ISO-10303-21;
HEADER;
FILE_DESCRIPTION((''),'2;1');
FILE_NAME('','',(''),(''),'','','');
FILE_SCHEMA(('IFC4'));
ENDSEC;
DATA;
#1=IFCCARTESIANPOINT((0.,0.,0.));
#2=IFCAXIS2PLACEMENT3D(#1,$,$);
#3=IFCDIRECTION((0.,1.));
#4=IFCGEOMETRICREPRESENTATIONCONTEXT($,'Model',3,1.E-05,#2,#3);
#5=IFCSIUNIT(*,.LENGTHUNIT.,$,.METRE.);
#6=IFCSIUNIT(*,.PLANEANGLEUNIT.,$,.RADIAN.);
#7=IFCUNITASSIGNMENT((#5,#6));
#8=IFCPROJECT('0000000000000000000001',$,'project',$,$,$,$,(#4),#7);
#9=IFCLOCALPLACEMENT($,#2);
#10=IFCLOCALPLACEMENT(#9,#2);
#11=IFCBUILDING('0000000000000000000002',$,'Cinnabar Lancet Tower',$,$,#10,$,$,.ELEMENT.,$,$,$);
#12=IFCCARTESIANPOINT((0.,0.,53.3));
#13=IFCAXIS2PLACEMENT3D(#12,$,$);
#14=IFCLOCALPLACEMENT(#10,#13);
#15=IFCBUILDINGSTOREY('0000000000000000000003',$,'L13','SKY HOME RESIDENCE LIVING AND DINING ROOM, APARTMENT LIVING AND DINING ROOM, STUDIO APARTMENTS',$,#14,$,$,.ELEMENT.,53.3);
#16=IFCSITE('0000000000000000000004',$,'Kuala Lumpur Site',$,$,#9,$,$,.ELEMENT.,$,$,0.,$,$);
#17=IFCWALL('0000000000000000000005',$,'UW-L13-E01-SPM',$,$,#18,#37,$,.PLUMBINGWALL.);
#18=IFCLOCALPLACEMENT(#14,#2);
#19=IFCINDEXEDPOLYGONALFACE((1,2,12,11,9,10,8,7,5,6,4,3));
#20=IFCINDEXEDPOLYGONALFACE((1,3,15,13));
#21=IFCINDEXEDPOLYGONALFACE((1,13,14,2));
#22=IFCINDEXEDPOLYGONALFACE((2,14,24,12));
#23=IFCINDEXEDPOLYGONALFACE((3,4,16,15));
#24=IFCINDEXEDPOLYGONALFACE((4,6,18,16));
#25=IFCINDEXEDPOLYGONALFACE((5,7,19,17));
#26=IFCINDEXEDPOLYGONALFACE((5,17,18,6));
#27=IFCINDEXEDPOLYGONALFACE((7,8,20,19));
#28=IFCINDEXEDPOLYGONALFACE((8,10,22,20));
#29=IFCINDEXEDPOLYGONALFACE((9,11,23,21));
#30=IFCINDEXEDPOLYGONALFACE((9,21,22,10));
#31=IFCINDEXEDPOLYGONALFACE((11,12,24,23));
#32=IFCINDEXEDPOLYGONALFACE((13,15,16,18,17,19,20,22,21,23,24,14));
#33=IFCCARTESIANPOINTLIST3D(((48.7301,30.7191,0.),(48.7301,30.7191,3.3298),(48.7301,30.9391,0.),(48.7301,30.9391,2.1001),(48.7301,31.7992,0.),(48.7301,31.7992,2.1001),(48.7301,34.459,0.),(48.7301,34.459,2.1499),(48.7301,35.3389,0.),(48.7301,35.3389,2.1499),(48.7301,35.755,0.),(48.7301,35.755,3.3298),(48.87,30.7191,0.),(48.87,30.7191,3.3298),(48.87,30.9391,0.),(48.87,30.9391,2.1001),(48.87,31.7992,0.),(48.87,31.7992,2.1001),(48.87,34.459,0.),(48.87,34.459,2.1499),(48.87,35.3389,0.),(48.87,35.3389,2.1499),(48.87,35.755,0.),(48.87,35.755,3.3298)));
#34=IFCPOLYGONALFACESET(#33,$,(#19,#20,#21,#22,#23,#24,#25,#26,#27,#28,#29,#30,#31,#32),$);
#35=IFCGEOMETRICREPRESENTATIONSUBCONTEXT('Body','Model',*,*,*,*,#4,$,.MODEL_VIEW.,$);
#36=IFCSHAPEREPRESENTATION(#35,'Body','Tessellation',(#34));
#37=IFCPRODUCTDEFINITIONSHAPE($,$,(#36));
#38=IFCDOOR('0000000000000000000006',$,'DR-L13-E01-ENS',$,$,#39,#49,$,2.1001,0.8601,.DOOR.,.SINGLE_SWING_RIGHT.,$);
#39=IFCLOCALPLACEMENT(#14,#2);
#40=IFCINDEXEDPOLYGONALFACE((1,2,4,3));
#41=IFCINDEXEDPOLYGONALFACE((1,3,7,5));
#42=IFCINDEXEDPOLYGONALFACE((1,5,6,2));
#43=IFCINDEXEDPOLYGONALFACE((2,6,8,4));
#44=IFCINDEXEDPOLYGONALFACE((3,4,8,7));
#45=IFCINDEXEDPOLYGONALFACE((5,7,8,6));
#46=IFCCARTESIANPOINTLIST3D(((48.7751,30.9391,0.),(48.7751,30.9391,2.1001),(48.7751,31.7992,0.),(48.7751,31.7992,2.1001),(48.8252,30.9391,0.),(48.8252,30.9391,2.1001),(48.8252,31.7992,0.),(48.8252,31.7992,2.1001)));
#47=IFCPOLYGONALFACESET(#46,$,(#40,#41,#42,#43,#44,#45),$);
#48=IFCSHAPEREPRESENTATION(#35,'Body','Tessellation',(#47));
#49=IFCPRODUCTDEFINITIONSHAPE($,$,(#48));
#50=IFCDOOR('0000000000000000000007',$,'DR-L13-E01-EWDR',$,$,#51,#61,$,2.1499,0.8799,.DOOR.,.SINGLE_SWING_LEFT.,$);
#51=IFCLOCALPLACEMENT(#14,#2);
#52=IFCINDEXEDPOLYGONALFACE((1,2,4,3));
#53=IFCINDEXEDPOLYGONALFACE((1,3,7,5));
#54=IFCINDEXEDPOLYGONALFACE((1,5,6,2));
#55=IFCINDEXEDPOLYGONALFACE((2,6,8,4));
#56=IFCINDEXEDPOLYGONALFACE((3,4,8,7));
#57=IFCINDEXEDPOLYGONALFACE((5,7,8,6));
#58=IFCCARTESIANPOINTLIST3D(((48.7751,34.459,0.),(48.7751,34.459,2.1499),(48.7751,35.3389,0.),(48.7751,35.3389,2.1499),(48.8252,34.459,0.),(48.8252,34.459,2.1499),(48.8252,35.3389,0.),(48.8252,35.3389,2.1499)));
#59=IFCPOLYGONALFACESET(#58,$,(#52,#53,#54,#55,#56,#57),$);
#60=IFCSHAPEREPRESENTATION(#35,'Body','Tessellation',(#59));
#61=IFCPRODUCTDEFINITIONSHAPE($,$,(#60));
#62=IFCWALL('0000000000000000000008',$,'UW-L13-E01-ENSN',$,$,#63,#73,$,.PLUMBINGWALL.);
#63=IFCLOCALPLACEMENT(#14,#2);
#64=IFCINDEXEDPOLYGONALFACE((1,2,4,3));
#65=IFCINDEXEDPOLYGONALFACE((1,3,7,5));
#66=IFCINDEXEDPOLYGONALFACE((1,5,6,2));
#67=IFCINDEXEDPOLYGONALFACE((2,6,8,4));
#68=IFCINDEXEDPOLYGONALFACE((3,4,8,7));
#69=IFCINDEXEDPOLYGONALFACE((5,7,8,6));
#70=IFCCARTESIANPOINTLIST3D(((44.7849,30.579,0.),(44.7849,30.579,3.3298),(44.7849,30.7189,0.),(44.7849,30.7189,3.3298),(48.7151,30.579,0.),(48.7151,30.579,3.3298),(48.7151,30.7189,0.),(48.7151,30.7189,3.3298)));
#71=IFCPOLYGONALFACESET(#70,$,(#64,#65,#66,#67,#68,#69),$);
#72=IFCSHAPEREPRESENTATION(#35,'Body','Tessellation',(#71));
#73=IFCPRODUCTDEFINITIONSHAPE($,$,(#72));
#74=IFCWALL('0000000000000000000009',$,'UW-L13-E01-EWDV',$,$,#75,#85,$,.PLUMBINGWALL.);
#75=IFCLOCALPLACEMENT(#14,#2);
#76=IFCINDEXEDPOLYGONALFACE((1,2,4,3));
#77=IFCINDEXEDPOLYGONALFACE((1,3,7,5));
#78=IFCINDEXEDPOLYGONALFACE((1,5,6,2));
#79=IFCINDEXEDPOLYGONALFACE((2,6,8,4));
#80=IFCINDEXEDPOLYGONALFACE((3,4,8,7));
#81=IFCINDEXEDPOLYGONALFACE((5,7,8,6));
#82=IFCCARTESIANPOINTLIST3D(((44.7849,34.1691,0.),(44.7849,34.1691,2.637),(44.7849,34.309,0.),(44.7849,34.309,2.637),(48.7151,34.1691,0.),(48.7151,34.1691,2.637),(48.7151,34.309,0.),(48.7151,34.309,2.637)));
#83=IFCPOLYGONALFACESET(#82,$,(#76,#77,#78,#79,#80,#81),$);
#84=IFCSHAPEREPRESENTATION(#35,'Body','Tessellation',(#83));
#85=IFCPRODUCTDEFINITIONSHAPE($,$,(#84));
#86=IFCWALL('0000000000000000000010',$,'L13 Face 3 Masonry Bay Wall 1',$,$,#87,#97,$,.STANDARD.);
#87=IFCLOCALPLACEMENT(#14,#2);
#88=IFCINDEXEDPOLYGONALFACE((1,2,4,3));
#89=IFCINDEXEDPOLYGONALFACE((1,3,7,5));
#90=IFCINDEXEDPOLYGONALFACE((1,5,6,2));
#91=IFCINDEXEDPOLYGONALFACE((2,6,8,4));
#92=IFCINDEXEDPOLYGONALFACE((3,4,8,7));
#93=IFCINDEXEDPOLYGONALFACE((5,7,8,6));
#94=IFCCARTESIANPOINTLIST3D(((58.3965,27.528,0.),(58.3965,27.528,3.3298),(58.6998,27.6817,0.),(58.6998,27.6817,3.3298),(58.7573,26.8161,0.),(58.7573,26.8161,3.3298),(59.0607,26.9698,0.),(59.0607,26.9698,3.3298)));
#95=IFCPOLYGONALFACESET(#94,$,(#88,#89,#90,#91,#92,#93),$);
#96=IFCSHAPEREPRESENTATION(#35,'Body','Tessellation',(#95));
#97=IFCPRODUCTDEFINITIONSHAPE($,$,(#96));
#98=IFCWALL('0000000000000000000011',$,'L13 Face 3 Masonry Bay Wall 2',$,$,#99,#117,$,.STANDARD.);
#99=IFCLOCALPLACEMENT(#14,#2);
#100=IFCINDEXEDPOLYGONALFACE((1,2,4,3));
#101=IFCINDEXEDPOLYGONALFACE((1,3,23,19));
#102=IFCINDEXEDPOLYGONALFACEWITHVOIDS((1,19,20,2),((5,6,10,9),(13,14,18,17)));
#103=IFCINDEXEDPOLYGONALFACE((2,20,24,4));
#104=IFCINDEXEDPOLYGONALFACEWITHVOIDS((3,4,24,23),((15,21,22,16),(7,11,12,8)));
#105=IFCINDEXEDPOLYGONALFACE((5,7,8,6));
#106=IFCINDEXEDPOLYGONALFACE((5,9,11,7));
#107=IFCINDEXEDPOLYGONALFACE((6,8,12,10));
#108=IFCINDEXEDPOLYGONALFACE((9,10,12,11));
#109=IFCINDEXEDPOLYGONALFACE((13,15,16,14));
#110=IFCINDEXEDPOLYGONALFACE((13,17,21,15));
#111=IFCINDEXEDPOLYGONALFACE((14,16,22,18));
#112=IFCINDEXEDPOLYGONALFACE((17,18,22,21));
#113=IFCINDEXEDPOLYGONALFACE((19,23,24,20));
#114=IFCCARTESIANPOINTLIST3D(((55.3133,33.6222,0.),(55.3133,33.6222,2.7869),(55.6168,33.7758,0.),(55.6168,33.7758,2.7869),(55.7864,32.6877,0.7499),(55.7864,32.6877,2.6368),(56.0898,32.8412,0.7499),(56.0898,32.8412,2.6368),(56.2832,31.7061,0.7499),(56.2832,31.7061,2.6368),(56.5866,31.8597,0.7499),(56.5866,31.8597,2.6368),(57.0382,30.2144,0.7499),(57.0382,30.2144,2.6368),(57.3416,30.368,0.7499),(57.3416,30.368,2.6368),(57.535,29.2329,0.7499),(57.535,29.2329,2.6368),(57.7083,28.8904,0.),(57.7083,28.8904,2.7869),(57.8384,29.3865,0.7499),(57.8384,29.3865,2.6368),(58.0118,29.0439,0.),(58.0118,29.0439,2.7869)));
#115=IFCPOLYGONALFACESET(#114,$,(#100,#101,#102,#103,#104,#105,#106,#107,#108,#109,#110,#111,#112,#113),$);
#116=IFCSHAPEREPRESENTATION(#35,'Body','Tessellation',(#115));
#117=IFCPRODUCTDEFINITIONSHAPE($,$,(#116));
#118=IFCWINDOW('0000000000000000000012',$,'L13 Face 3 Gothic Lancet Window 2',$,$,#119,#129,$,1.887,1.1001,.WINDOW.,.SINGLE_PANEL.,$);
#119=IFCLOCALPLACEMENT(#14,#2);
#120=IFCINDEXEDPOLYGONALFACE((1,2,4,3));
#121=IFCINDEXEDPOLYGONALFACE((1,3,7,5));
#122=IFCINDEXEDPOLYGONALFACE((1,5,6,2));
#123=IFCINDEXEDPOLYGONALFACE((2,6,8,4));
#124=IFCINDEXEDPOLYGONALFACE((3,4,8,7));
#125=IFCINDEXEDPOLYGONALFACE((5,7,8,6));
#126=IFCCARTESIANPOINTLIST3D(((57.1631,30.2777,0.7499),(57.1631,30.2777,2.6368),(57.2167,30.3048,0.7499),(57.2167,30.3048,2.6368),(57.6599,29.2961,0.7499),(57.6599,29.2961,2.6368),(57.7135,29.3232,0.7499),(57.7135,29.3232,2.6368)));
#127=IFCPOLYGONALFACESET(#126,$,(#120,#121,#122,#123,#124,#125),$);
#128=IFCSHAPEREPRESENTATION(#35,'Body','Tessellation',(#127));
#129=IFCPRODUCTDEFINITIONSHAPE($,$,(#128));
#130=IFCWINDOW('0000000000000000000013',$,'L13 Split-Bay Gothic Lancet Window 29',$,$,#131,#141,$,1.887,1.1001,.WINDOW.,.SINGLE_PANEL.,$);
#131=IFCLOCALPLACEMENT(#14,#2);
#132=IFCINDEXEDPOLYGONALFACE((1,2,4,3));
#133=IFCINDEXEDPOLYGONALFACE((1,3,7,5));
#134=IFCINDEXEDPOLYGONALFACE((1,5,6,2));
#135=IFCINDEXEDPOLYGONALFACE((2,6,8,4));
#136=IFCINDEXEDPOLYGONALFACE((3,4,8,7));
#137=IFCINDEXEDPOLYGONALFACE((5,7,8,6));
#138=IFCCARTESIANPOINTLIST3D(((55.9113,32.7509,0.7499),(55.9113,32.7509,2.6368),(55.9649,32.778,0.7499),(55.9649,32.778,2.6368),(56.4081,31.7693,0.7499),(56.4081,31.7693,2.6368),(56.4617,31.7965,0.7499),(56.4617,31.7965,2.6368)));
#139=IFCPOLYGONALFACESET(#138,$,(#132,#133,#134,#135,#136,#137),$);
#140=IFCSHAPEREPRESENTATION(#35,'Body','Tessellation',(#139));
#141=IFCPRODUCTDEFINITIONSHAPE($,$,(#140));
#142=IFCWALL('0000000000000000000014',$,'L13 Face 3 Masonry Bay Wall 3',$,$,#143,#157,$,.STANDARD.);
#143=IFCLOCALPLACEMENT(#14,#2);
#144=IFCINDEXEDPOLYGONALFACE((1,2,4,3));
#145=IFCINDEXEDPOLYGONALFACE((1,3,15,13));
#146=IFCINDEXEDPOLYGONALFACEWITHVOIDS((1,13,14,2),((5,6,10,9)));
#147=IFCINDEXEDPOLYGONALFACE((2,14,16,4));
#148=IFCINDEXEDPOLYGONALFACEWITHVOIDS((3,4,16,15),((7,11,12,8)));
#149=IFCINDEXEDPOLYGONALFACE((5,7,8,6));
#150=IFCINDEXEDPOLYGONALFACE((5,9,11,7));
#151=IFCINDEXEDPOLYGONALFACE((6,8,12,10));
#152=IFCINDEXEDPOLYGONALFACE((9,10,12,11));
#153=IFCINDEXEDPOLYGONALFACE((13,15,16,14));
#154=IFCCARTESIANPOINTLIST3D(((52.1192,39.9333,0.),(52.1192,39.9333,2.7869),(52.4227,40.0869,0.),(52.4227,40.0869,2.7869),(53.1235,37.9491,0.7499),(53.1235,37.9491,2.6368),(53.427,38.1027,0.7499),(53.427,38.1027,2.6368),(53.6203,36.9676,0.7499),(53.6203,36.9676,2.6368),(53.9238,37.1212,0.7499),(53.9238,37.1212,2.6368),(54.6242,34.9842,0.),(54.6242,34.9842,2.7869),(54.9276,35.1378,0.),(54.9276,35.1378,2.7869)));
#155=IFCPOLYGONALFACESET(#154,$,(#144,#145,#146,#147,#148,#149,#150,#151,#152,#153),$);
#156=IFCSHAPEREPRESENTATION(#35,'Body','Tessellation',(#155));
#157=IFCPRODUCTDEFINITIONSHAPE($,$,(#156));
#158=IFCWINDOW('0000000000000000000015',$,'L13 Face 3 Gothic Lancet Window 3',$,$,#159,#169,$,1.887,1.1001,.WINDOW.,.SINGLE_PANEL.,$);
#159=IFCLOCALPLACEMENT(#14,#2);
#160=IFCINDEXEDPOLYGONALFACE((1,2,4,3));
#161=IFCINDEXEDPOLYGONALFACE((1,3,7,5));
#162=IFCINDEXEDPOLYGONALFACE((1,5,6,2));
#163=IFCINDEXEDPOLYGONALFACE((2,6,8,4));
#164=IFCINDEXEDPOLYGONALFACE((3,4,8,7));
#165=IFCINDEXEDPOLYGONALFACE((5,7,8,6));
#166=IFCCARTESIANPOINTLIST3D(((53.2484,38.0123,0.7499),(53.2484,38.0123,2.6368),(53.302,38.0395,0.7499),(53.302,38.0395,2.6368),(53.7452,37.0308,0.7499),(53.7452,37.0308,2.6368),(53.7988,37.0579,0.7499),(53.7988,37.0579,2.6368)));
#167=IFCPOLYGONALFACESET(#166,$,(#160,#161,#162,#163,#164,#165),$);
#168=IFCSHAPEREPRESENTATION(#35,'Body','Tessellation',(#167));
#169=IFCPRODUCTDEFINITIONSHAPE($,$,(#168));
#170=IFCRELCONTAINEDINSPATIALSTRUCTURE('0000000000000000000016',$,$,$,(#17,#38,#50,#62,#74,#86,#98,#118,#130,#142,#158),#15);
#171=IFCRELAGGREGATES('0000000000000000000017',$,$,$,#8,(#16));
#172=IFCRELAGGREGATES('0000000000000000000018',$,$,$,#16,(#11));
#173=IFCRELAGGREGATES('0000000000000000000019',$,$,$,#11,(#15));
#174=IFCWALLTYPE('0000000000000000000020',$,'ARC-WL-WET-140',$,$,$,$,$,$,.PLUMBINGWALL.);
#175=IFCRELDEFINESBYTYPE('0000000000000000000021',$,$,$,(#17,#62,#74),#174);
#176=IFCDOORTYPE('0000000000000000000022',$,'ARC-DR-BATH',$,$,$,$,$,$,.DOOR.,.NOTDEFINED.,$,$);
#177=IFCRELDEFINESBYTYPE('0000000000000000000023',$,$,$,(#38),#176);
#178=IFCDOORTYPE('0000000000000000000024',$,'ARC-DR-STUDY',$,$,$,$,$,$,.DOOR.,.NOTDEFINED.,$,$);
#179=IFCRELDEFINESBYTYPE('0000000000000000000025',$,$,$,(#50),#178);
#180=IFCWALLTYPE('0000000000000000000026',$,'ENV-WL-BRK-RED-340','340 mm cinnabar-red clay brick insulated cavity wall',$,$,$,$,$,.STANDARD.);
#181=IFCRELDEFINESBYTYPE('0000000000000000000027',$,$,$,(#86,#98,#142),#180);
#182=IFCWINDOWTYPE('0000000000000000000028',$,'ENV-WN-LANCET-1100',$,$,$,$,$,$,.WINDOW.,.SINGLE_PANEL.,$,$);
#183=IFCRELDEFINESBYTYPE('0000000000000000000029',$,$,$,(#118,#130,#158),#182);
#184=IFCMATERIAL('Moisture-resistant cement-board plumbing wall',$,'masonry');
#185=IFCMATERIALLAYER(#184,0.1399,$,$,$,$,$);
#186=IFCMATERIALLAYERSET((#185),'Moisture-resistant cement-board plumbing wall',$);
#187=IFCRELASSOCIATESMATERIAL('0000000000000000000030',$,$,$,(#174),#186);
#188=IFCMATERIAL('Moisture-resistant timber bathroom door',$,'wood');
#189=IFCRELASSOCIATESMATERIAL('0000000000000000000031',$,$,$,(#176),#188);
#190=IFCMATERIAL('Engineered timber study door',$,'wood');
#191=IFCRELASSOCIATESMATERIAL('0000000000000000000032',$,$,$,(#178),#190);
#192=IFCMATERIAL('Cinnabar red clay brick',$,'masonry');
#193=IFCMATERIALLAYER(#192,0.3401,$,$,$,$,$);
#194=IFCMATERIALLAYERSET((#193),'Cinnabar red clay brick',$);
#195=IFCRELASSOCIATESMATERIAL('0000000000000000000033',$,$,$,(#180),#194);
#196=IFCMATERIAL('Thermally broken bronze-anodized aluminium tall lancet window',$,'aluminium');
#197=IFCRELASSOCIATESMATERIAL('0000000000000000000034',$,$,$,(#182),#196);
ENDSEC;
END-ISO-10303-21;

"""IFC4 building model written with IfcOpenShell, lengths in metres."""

from ifc_helpers import new_model, si_unit, direction, frame, frame_2d, origin, place, context, subcontext, project, spatial, rectangle, extrude, material, layer, layer_set, type_object, element, fill, save


model = new_model("IFC4")

# Units and contexts
model_context = context("Model", 3, precision=1e-05, world=origin(), true_north=direction((0.0, 1.0)))
body_context = subcontext(model_context, "Body", "Model", "MODEL_VIEW")
ifc_project = project(units=[si_unit("LENGTHUNIT", "METRE"), si_unit("PLANEANGLEUNIT", "RADIAN")], contexts=[model_context])

# Site, building, storey
site_placement = place(None, origin())
site = spatial("IfcSite", under=ifc_project, at=site_placement, Name="Kuala Lumpur Site", CompositionType="ELEMENT", RefElevation=0.0)
building_placement = place(site_placement, origin())
building = spatial("IfcBuilding", under=site, at=building_placement, Name="Cinnabar Lancet Tower", CompositionType="ELEMENT")
storey_placement = place(building_placement, frame((0.0, 0.0, 53.3)))
storey = spatial("IfcBuildingStorey", under=building, at=storey_placement, Name="L13", Description="SKY HOME RESIDENCE LIVING AND DINING ROOM, APARTMENT LIVING AND DINING ROOM, STUDIO APARTMENTS", CompositionType="ELEMENT", Elevation=53.3)

# Wall, openings, doors
ifc_material_1 = material(Name="Moisture-resistant cement-board plumbing wall", Category="masonry")
ifc_layer_1 = layer(ifc_material_1, 0.1399)
ifc_layer_set_1 = layer_set([ifc_layer_1], Name="Moisture-resistant cement-board plumbing wall")
wall_type_1 = type_object("IfcWallType", Name="ARC-WL-WET-140", PredefinedType="PLUMBINGWALL", material=ifc_layer_set_1)
wall_1_placement = place(storey_placement, frame((48.8, 30.719, 0.0), z_axis=(0.0, 0.0, 1.0), x_axis=(0.0, 1.0, 0.0)))
wall_1 = element("IfcWall", 1, at=wall_1_placement, inside=storey, type_object=wall_type_1, Name="UW-L13-E01-SPM", PredefinedType="PLUMBINGWALL", context=body_context, shape_type="SweptSolid", body=[
    extrude(rectangle(XDim=5.0359, YDim=0.1399, at=frame_2d((2.5181, 0.0))), origin(), (0.0, 0.0, 1.0), 3.3298),
])
opening_1_placement = place(wall_1_placement, frame((0.22, 0.0, 0.0)))
opening_1 = element("IfcOpeningElement", 2, at=opening_1_placement, cuts=wall_1, PredefinedType="OPENING", context=body_context, shape_type="SweptSolid", body=[
    extrude(rectangle(XDim=0.8601, YDim=2.1001, at=frame_2d((0.4302, 1.05))), frame((0.0, 0.0798, 0.0), z_axis=(0.0, -1.0, 0.0), x_axis=(1.0, 0.0, 0.0)), (0.0, 0.0, 1.0), 0.1599),
])
opening_2_placement = place(wall_1_placement, frame((3.74, 0.0, 0.0)))
opening_2 = element("IfcOpeningElement", 3, at=opening_2_placement, cuts=wall_1, PredefinedType="OPENING", context=body_context, shape_type="SweptSolid", body=[
    extrude(rectangle(XDim=0.8799, YDim=2.1499, at=frame_2d((0.4399, 1.075))), frame((0.0, 0.0798, 0.0), z_axis=(0.0, -1.0, 0.0), x_axis=(1.0, 0.0, 0.0)), (0.0, 0.0, 1.0), 0.1599),
])
ifc_material_2 = material(Name="Moisture-resistant timber bathroom door", Category="wood")
door_type_1 = type_object("IfcDoorType", Name="ARC-DR-BATH", OperationType="NOTDEFINED", PredefinedType="DOOR", material=ifc_material_2)
door_1_placement = place(opening_1_placement, origin())
door_1 = element("IfcDoor", 4, at=door_1_placement, inside=storey, type_object=door_type_1, Name="DR-L13-E01-ENS", OperationType="SINGLE_SWING_RIGHT", OverallHeight=2.1001, OverallWidth=0.8601, PredefinedType="DOOR", context=body_context, shape_type="SweptSolid", body=[
    extrude(rectangle(XDim=0.8601, YDim=2.1001, at=frame_2d((0.4302, 1.05))), frame((0.0, 0.0249, 0.0), z_axis=(0.0, -1.0, 0.0), x_axis=(1.0, 0.0, 0.0)), (0.0, 0.0, 1.0), 0.05),
])
fill(opening_1, door_1)
ifc_material_3 = material(Name="Engineered timber study door", Category="wood")
door_type_2 = type_object("IfcDoorType", Name="ARC-DR-STUDY", OperationType="NOTDEFINED", PredefinedType="DOOR", material=ifc_material_3)
door_2_placement = place(opening_2_placement, origin())
door_2 = element("IfcDoor", 5, at=door_2_placement, inside=storey, type_object=door_type_2, Name="DR-L13-E01-EWDR", OperationType="SINGLE_SWING_LEFT", OverallHeight=2.1499, OverallWidth=0.8799, PredefinedType="DOOR", context=body_context, shape_type="SweptSolid", body=[
    extrude(rectangle(XDim=0.8799, YDim=2.1499, at=frame_2d((0.4399, 1.075))), frame((0.0, 0.0249, 0.0), z_axis=(0.0, -1.0, 0.0), x_axis=(1.0, 0.0, 0.0)), (0.0, 0.0, 1.0), 0.05),
])
fill(opening_2, door_2)

# Walls
wall_2_placement = place(storey_placement, frame((44.7849, 30.6489, 0.0), z_axis=(0.0, 0.0, 1.0), x_axis=(1.0, 0.0, 0.0)))
element("IfcWall", 6, at=wall_2_placement, inside=storey, type_object=wall_type_1, Name="UW-L13-E01-ENSN", PredefinedType="PLUMBINGWALL", context=body_context, shape_type="SweptSolid", body=[
    extrude(rectangle(XDim=3.9302, YDim=0.1399, at=frame_2d((1.9651, 0.0))), origin(), (0.0, 0.0, 1.0), 3.3298),
])
wall_3_placement = place(storey_placement, frame((44.7849, 34.239, 0.0), z_axis=(0.0, 0.0, 1.0), x_axis=(1.0, 0.0, 0.0)))
element("IfcWall", 7, at=wall_3_placement, inside=storey, type_object=wall_type_1, Name="UW-L13-E01-EWDV", PredefinedType="PLUMBINGWALL", context=body_context, shape_type="SweptSolid", body=[
    extrude(rectangle(XDim=3.9302, YDim=0.1399, at=frame_2d((1.9651, 0.0))), origin(), (0.0, 0.0, 1.0), 2.637),
])
ifc_material_4 = material(Name="Cinnabar red clay brick", Category="masonry")
ifc_layer_2 = layer(ifc_material_4, 0.3401)
ifc_layer_set_2 = layer_set([ifc_layer_2], Name="Cinnabar red clay brick")
wall_type_2 = type_object("IfcWallType", Name="ENV-WL-BRK-RED-340", Description="340 mm cinnabar-red clay brick insulated cavity wall", PredefinedType="STANDARD", material=ifc_layer_set_2)
wall_4_placement = place(storey_placement, frame((58.9089, 26.8931, 0.0), z_axis=(0.0, 0.0, 1.0), x_axis=(-0.452101, 0.891967, 0.0)))
element("IfcWall", 8, at=wall_4_placement, inside=storey, type_object=wall_type_2, Name="L13 Face 3 Masonry Bay Wall 1", PredefinedType="STANDARD", context=body_context, shape_type="SweptSolid", body=[
    extrude(rectangle(XDim=0.7981, YDim=0.3401, at=frame_2d((0.3989, 0.0))), origin(), (0.0, 0.0, 1.0), 3.3298),
])

# Wall, openings, windows
wall_5_placement = place(storey_placement, frame((57.8601, 28.967, 0.0), z_axis=(0.0, 0.0, 1.0), x_axis=(-0.451591, 0.892225, 0.0)))
wall_5 = element("IfcWall", 9, at=wall_5_placement, inside=storey, type_object=wall_type_2, Name="L13 Face 3 Masonry Bay Wall 2", PredefinedType="STANDARD", context=body_context, shape_type="SweptSolid", body=[
    extrude(rectangle(XDim=5.3035, YDim=0.3401, at=frame_2d((2.6519, 0.0))), origin(), (0.0, 0.0, 1.0), 2.7869),
])
opening_3_placement = place(wall_5_placement, frame((0.384, 0.0, 0.75)))
opening_3 = element("IfcOpeningElement", 10, at=opening_3_placement, cuts=wall_5, PredefinedType="OPENING", context=body_context, shape_type="SweptSolid", body=[
    extrude(rectangle(XDim=1.1001, YDim=1.887, at=frame_2d((0.55, 0.9434))), frame((0.0, 0.1799, 0.0), z_axis=(0.0, -1.0, 0.0), x_axis=(1.0, 0.0, 0.0)), (0.0, 0.0, 1.0), 0.3601),
])
opening_4_placement = place(wall_5_placement, frame((3.156, 0.0, 0.75)))
opening_4 = element("IfcOpeningElement", 11, at=opening_4_placement, cuts=wall_5, PredefinedType="OPENING", context=body_context, shape_type="SweptSolid", body=[
    extrude(rectangle(XDim=1.1001, YDim=1.887, at=frame_2d((0.55, 0.9434))), frame((0.0, 0.1799, 0.0), z_axis=(0.0, -1.0, 0.0), x_axis=(1.0, 0.0, 0.0)), (0.0, 0.0, 1.0), 0.3601),
])
ifc_material_5 = material(Name="Thermally broken bronze-anodized aluminium tall lancet window", Category="aluminium")
window_type = type_object("IfcWindowType", Name="ENV-WN-LANCET-1100", PartitioningType="SINGLE_PANEL", PredefinedType="WINDOW", material=ifc_material_5)
window_1_placement = place(opening_3_placement, origin())
window_1 = element("IfcWindow", 12, at=window_1_placement, inside=storey, type_object=window_type, Name="L13 Face 3 Gothic Lancet Window 2", OverallHeight=1.887, OverallWidth=1.1001, PartitioningType="SINGLE_PANEL", PredefinedType="WINDOW", context=body_context, shape_type="SweptSolid", body=[
    extrude(rectangle(XDim=1.1001, YDim=1.887, at=frame_2d((0.55, 0.9434))), frame((0.0, 0.03, 0.0), z_axis=(0.0, -1.0, 0.0), x_axis=(1.0, 0.0, 0.0)), (0.0, 0.0, 1.0), 0.0601),
])
fill(opening_3, window_1)
window_2_placement = place(opening_4_placement, origin())
window_2 = element("IfcWindow", 13, at=window_2_placement, inside=storey, type_object=window_type, Name="L13 Split-Bay Gothic Lancet Window 29", OverallHeight=1.887, OverallWidth=1.1001, PartitioningType="SINGLE_PANEL", PredefinedType="WINDOW", context=body_context, shape_type="SweptSolid", body=[
    extrude(rectangle(XDim=1.1001, YDim=1.887, at=frame_2d((0.55, 0.9434))), frame((0.0, 0.03, 0.0), z_axis=(0.0, -1.0, 0.0), x_axis=(1.0, 0.0, 0.0)), (0.0, 0.0, 1.0), 0.0601),
])
fill(opening_4, window_2)

# Wall, opening, window
wall_6_placement = place(storey_placement, frame((54.7759, 35.061, 0.0), z_axis=(0.0, 0.0, 1.0), x_axis=(-0.451592, 0.892225, 0.0)))
wall_6 = element("IfcWall", 14, at=wall_6_placement, inside=storey, type_object=wall_type_2, Name="L13 Face 3 Masonry Bay Wall 3", PredefinedType="STANDARD", context=body_context, shape_type="SweptSolid", body=[
    extrude(rectangle(XDim=5.5469, YDim=0.3401, at=frame_2d((2.7734, 0.0))), origin(), (0.0, 0.0, 1.0), 2.7869),
])
opening_5_placement = place(wall_6_placement, frame((2.2229, 0.0, 0.75)))
opening_5 = element("IfcOpeningElement", 15, at=opening_5_placement, cuts=wall_6, PredefinedType="OPENING", context=body_context, shape_type="SweptSolid", body=[
    extrude(rectangle(XDim=1.1001, YDim=1.887, at=frame_2d((0.55, 0.9434))), frame((0.0, 0.1799, 0.0), z_axis=(0.0, -1.0, 0.0), x_axis=(1.0, 0.0, 0.0)), (0.0, 0.0, 1.0), 0.3601),
])
window_3_placement = place(opening_5_placement, origin())
window_3 = element("IfcWindow", 16, at=window_3_placement, inside=storey, type_object=window_type, Name="L13 Face 3 Gothic Lancet Window 3", OverallHeight=1.887, OverallWidth=1.1001, PartitioningType="SINGLE_PANEL", PredefinedType="WINDOW", context=body_context, shape_type="SweptSolid", body=[
    extrude(rectangle(XDim=1.1001, YDim=1.887, at=frame_2d((0.55, 0.9434))), frame((0.0, 0.03, 0.0), z_axis=(0.0, -1.0, 0.0), x_axis=(1.0, 0.0, 0.0)), (0.0, 0.0, 1.0), 0.0601),
])
fill(opening_5, window_3)

save(model, "model.ifc")
